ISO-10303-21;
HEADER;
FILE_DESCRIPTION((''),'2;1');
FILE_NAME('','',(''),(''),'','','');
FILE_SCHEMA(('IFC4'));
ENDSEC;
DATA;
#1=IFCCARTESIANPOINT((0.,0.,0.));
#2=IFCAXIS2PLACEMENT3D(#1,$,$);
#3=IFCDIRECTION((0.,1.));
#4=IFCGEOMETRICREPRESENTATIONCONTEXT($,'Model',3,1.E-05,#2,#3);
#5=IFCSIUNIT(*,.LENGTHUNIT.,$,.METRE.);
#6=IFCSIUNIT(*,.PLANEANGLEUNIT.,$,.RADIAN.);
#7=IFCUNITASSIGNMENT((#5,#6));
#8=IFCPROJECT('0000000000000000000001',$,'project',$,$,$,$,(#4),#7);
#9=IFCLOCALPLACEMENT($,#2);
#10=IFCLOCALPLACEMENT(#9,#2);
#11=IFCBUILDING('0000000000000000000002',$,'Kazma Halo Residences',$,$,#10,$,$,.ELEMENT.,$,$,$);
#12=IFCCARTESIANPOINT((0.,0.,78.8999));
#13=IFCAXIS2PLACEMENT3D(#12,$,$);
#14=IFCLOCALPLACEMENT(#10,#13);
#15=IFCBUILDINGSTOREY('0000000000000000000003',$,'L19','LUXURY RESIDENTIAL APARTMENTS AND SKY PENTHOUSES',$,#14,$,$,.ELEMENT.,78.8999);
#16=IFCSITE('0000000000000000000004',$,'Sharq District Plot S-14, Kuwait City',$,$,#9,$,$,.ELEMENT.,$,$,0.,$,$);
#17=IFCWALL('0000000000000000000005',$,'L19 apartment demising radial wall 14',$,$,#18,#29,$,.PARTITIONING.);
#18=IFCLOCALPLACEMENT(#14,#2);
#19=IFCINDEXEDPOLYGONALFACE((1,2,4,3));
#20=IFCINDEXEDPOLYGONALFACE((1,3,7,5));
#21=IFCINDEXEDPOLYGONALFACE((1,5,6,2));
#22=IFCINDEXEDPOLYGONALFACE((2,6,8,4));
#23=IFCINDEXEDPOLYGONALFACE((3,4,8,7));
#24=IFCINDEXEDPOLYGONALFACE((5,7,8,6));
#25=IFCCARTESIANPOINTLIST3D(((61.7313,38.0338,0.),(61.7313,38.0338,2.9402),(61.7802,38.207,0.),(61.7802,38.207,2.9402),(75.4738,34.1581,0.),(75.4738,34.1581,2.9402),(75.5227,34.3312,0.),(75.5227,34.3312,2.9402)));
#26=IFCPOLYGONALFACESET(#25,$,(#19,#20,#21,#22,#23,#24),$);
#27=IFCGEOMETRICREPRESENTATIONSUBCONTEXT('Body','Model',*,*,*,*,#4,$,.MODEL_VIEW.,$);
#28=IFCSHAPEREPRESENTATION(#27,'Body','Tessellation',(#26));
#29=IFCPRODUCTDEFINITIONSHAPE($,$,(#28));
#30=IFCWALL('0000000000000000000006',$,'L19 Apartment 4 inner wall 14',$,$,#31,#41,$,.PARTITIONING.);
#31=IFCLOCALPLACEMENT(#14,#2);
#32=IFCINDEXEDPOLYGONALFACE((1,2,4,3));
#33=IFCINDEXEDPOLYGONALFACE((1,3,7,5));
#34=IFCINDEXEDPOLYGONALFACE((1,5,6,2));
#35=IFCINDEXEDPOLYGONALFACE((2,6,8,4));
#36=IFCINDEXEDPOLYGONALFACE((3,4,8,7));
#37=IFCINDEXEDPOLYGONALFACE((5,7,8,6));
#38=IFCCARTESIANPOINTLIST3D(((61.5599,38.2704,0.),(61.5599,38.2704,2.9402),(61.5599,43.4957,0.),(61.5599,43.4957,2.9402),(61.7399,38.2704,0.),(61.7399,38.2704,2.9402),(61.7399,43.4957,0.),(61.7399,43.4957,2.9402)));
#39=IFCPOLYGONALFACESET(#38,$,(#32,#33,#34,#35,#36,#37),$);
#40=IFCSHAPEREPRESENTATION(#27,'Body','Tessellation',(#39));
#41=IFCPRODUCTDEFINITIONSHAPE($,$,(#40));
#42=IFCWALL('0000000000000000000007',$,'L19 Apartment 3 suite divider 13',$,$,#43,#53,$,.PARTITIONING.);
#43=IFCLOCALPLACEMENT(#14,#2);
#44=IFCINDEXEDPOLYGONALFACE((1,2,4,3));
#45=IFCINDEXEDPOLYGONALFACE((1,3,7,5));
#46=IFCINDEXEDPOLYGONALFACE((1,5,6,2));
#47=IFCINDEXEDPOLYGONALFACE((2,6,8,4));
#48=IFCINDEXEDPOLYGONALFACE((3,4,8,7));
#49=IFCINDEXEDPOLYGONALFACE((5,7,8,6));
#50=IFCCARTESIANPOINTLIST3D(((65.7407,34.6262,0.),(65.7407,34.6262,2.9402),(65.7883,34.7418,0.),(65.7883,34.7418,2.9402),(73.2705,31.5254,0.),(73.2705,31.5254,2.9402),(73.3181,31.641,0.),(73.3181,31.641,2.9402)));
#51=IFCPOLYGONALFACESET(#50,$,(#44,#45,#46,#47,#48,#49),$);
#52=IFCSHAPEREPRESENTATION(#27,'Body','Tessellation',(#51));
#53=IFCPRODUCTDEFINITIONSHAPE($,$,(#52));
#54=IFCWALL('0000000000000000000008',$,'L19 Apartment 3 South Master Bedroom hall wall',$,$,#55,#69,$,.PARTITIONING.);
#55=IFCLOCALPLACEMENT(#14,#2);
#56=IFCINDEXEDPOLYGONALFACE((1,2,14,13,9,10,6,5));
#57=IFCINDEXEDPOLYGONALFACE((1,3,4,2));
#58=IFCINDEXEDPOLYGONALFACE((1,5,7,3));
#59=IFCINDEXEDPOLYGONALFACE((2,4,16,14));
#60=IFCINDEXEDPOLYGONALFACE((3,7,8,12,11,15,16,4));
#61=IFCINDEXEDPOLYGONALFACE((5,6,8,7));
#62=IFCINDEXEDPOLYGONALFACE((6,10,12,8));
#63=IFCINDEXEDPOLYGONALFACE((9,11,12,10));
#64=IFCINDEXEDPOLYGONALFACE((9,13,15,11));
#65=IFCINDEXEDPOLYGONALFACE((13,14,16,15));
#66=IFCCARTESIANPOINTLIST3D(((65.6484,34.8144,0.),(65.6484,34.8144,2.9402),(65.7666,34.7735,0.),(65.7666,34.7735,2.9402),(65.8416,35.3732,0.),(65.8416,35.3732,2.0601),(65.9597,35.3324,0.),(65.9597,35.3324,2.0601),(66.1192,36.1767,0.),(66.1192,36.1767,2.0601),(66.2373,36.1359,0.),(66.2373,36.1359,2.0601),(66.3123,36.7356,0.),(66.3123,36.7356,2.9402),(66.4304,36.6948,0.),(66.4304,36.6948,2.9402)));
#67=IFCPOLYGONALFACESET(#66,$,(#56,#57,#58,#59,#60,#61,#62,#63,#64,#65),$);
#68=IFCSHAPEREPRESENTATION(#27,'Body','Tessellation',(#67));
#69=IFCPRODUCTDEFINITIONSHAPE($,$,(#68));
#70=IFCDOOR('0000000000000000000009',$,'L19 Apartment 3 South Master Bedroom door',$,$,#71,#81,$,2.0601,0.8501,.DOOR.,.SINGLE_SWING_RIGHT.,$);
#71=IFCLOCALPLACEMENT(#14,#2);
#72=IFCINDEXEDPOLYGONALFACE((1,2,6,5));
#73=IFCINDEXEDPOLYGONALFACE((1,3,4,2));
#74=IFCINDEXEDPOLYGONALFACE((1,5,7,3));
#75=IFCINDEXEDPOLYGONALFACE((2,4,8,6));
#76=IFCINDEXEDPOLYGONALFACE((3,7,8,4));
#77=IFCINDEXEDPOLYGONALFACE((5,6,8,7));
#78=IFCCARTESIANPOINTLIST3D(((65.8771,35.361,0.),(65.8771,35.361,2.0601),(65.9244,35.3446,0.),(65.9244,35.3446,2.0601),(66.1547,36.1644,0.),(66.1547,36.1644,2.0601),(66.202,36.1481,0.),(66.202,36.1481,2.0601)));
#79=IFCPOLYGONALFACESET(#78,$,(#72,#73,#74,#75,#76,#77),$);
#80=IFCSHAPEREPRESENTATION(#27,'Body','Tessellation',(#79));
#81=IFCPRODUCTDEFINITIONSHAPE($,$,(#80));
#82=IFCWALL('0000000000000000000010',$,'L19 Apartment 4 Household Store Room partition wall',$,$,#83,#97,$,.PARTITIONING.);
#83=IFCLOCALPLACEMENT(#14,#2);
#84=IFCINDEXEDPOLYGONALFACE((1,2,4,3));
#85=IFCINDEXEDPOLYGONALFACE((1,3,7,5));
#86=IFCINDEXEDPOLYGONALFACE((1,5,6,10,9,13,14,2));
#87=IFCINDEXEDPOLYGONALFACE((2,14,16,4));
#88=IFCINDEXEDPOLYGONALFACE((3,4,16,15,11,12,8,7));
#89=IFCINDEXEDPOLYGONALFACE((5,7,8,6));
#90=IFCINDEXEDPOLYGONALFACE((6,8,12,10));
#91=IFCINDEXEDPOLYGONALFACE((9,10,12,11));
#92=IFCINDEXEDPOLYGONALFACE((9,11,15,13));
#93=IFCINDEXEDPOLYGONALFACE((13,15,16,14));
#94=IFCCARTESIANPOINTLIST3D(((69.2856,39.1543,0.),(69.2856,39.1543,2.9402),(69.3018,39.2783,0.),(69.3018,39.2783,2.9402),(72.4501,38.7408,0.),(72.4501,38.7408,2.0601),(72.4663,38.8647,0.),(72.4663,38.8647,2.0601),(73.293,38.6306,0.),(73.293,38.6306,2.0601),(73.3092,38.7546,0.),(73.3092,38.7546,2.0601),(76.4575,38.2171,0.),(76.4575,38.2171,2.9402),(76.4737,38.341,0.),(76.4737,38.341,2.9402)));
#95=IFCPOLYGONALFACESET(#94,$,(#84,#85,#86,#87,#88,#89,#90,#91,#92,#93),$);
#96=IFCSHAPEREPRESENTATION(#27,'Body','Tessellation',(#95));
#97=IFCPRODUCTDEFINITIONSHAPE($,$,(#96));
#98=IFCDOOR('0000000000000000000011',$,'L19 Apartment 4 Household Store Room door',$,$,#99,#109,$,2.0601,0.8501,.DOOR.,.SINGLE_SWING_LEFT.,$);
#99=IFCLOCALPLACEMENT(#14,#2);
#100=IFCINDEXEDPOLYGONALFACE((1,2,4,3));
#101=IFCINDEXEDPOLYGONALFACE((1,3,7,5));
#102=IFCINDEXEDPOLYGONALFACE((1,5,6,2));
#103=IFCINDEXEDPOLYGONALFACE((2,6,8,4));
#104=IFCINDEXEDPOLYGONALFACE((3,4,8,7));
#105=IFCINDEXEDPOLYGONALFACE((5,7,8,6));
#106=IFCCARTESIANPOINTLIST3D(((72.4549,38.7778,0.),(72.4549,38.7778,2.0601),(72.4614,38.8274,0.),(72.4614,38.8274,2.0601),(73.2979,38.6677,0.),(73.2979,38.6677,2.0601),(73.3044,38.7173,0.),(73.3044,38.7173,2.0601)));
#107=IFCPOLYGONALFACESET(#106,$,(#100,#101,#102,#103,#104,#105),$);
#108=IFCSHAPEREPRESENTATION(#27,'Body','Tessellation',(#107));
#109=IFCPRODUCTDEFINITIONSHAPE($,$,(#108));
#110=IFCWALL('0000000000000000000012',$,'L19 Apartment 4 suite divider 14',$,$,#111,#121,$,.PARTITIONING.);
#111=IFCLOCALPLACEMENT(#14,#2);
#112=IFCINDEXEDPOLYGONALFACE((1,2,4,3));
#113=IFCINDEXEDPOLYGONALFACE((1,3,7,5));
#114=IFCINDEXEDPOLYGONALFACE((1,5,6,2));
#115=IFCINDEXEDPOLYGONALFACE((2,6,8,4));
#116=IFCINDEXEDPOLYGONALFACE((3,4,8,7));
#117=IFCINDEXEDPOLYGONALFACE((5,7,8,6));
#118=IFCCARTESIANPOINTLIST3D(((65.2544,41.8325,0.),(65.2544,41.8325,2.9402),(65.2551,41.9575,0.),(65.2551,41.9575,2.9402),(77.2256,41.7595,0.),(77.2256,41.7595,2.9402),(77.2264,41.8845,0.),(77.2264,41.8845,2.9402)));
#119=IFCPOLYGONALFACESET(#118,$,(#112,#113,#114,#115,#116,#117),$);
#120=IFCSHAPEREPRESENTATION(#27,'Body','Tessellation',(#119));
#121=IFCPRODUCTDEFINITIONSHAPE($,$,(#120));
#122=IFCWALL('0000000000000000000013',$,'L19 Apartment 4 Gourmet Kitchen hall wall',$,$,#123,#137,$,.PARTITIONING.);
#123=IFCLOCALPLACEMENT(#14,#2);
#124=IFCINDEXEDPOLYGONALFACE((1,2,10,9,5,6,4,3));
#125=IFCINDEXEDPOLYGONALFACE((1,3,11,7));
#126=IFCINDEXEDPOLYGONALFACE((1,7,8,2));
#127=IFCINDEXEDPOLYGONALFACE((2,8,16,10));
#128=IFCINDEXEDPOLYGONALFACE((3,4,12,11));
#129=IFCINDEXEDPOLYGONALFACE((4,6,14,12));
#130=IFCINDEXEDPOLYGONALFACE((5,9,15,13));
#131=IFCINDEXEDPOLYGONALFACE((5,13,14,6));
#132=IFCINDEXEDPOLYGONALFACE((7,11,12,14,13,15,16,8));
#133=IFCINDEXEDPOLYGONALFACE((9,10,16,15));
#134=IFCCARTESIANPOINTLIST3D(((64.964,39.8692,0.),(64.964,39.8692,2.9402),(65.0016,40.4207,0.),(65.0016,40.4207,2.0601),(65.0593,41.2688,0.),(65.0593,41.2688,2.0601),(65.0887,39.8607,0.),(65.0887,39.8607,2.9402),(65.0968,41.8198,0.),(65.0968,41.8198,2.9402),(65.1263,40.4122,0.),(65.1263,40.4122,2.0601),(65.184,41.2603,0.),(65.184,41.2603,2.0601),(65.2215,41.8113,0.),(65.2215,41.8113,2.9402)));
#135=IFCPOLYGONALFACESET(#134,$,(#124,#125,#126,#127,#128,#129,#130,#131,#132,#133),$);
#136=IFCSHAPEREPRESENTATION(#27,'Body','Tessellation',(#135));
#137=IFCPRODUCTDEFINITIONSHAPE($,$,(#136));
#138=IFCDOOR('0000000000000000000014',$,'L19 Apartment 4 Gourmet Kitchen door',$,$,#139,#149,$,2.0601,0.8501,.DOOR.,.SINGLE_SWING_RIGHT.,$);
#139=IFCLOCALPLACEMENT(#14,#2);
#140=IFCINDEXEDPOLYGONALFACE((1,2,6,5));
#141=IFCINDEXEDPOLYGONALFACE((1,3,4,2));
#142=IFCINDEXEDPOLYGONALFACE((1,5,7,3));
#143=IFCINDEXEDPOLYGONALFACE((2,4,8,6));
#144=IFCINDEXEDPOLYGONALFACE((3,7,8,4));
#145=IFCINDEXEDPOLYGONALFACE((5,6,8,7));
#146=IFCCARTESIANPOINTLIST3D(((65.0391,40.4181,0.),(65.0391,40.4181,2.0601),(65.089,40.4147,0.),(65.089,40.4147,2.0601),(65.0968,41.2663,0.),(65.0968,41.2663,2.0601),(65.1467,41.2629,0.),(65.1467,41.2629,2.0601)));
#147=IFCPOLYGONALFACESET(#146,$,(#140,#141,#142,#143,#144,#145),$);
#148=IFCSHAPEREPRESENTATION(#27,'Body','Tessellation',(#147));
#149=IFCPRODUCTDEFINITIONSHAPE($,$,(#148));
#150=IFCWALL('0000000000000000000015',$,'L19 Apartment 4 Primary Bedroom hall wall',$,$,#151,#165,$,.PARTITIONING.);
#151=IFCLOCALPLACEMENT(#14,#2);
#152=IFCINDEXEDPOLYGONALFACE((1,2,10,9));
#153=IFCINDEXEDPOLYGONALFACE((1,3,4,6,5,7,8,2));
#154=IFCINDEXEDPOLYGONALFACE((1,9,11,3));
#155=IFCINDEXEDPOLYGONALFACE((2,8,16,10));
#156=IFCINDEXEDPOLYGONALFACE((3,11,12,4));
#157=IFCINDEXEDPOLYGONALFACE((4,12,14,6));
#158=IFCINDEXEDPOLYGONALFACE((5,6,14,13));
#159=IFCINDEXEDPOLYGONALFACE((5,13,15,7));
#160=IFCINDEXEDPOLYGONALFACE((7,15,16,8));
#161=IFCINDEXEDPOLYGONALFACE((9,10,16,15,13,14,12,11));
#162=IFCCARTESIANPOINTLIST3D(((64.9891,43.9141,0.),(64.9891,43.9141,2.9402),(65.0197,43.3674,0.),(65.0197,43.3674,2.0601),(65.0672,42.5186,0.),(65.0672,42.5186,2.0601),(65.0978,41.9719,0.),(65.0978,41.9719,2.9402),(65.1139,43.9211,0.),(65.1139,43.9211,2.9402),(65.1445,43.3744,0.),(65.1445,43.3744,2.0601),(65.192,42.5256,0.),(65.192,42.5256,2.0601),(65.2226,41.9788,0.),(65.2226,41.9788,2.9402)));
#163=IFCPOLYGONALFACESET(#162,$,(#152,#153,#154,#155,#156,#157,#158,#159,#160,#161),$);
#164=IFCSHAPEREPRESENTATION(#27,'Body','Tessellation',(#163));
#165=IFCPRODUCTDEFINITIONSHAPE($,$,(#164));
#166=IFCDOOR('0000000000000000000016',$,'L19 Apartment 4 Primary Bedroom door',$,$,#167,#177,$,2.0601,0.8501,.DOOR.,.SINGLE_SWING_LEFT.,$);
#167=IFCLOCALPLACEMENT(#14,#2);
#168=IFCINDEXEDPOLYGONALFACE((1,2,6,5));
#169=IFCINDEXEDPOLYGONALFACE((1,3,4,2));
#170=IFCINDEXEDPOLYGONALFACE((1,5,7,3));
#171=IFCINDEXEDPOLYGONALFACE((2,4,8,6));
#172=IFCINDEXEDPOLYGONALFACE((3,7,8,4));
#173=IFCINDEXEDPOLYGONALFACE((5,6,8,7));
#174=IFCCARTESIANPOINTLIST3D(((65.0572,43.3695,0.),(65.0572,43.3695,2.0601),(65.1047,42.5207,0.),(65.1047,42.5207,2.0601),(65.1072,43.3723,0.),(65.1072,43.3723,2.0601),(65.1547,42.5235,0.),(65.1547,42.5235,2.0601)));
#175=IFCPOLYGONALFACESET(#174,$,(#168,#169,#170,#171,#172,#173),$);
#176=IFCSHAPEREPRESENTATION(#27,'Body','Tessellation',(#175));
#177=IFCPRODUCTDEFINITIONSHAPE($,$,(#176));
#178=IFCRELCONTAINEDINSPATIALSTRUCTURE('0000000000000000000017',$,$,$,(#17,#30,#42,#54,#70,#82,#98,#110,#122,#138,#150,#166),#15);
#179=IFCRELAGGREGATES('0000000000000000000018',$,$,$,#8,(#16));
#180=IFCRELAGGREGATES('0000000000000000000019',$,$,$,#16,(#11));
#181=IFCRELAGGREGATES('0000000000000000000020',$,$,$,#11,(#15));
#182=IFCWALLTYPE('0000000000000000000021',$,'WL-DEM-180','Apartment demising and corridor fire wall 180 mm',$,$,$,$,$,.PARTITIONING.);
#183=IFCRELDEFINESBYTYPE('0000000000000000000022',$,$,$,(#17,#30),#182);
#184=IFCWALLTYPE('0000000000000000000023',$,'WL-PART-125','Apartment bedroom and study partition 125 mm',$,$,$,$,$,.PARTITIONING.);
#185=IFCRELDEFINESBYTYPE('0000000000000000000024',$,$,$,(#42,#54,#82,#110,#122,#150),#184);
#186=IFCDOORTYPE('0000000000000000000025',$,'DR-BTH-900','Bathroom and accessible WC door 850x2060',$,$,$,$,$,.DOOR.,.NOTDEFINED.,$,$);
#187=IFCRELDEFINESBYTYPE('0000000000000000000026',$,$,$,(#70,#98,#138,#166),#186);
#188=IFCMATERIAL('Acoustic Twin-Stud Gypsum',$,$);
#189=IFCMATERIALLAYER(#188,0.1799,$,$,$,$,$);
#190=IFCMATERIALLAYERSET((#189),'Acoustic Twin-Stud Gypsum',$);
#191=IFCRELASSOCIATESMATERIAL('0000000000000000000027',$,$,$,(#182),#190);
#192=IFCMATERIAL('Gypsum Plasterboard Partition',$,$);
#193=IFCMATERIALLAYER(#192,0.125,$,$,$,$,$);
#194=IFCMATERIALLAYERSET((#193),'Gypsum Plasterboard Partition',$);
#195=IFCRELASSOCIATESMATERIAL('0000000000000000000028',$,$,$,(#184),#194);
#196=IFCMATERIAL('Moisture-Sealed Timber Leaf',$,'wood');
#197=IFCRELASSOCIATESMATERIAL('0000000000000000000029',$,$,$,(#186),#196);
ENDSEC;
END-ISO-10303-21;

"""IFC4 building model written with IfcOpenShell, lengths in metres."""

from ifc_helpers import new_model, si_unit, direction, frame, frame_2d, origin, place, context, subcontext, project, spatial, rectangle, extrude, material, layer, layer_set, type_object, element, fill, save


model = new_model("IFC4")

# Units and contexts
model_context = context("Model", 3, precision=1e-05, world=origin(), true_north=direction((0.0, 1.0)))
body_context = subcontext(model_context, "Body", "Model", "MODEL_VIEW")
ifc_project = project(units=[si_unit("LENGTHUNIT", "METRE"), si_unit("PLANEANGLEUNIT", "RADIAN")], contexts=[model_context])

# Site, building, storey
site_placement = place(None, origin())
site = spatial("IfcSite", under=ifc_project, at=site_placement, Name="Sharq District Plot S-14, Kuwait City", CompositionType="ELEMENT", RefElevation=0.0)
building_placement = place(site_placement, origin())
building = spatial("IfcBuilding", under=site, at=building_placement, Name="Kazma Halo Residences", CompositionType="ELEMENT")
storey_placement = place(building_placement, frame((0.0, 0.0, 78.8999)))
storey = spatial("IfcBuildingStorey", under=building, at=storey_placement, Name="L19", Description="LUXURY RESIDENTIAL APARTMENTS AND SKY PENTHOUSES", CompositionType="ELEMENT", Elevation=78.8999)

# Walls
ifc_material_1 = material(Name="Acoustic Twin-Stud Gypsum")
ifc_layer_1 = layer(ifc_material_1, 0.1799)
ifc_layer_set_1 = layer_set([ifc_layer_1], Name="Acoustic Twin-Stud Gypsum")
wall_type_1 = type_object("IfcWallType", Name="WL-DEM-180", Description="Apartment demising and corridor fire wall 180 mm", PredefinedType="PARTITIONING", material=ifc_layer_set_1)
wall_1_placement = place(storey_placement, frame((61.7559, 38.1204, 0.0), z_axis=(0.0, 0.0, 1.0), x_axis=(0.962456, -0.271438, 0.0)))
element("IfcWall", 1, at=wall_1_placement, inside=storey, type_object=wall_type_1, Name="L19 apartment demising radial wall 14", PredefinedType="PARTITIONING", context=body_context, shape_type="SweptSolid", body=[
    extrude(rectangle(XDim=14.2786, YDim=0.1799, at=frame_2d((7.1392, 0.0))), origin(), (0.0, 0.0, 1.0), 2.9402),
])
wall_2_placement = place(storey_placement, frame((61.6499, 38.2703, 0.0), z_axis=(0.0, 0.0, 1.0), x_axis=(0.0, 1.0, 0.0)))
element("IfcWall", 2, at=wall_2_placement, inside=storey, type_object=wall_type_1, Name="L19 Apartment 4 inner wall 14", PredefinedType="PARTITIONING", context=body_context, shape_type="SweptSolid", body=[
    extrude(rectangle(XDim=5.2253, YDim=0.1799, at=frame_2d((2.6128, 0.0))), origin(), (0.0, 0.0, 1.0), 2.9402),
])
ifc_material_2 = material(Name="Gypsum Plasterboard Partition")
ifc_layer_2 = layer(ifc_material_2, 0.125)
ifc_layer_set_2 = layer_set([ifc_layer_2], Name="Gypsum Plasterboard Partition")
wall_type_2 = type_object("IfcWallType", Name="WL-PART-125", Description="Apartment bedroom and study partition 125 mm", PredefinedType="PARTITIONING", material=ifc_layer_set_2)
wall_3_placement = place(storey_placement, frame((65.7644, 34.6841, 0.0), z_axis=(0.0, 0.0, 1.0), x_axis=(0.924664, -0.380784, 0.0)))
element("IfcWall", 3, at=wall_3_placement, inside=storey, type_object=wall_type_2, Name="L19 Apartment 3 suite divider 13", PredefinedType="PARTITIONING", context=body_context, shape_type="SweptSolid", body=[
    extrude(rectangle(XDim=8.1433, YDim=0.125, at=frame_2d((4.0718, 0.0))), origin(), (0.0, 0.0, 1.0), 2.9402),
])

# Walls, openings, doors
wall_4_placement = place(storey_placement, frame((65.7075, 34.7939, 0.0), z_axis=(0.0, 0.0, 1.0), x_axis=(0.326587, 0.945167, 0.0)))
wall_4 = element("IfcWall", 4, at=wall_4_placement, inside=storey, type_object=wall_type_2, Name="L19 Apartment 3 South Master Bedroom hall wall", PredefinedType="PARTITIONING", context=body_context, shape_type="SweptSolid", body=[
    extrude(rectangle(XDim=2.0327, YDim=0.125, at=frame_2d((1.0164, 0.0))), origin(), (0.0, 0.0, 1.0), 2.9402),
])
opening_1_placement = place(wall_4_placement, frame((0.5913, 0.0, 0.0)))
opening_1 = element("IfcOpeningElement", 5, at=opening_1_placement, cuts=wall_4, PredefinedType="OPENING", context=body_context, shape_type="SweptSolid", body=[
    extrude(rectangle(XDim=0.8501, YDim=2.0601, at=frame_2d((0.425, 1.03))), frame((0.0, 0.0725, 0.0), z_axis=(0.0, -1.0, 0.0), x_axis=(1.0, 0.0, 0.0)), (0.0, 0.0, 1.0), 0.145),
])
ifc_material_3 = material(Name="Moisture-Sealed Timber Leaf", Category="wood")
door_type = type_object("IfcDoorType", Name="DR-BTH-900", Description="Bathroom and accessible WC door 850x2060", OperationType="NOTDEFINED", PredefinedType="DOOR", material=ifc_material_3)
door_1_placement = place(opening_1_placement, origin())
door_1 = element("IfcDoor", 6, at=door_1_placement, inside=storey, type_object=door_type, Name="L19 Apartment 3 South Master Bedroom door", OperationType="SINGLE_SWING_RIGHT", OverallHeight=2.0601, OverallWidth=0.8501, PredefinedType="DOOR", context=body_context, shape_type="SweptSolid", body=[
    extrude(rectangle(XDim=0.8501, YDim=2.0601, at=frame_2d((0.425, 1.03))), frame((0.0, 0.0249, 0.0), z_axis=(0.0, -1.0, 0.0), x_axis=(1.0, 0.0, 0.0)), (0.0, 0.0, 1.0), 0.05),
])
fill(opening_1, door_1)
wall_5_placement = place(storey_placement, frame((69.2937, 39.2163, 0.0), z_axis=(0.0, 0.0, 1.0), x_axis=(0.991569, -0.129583, 0.0)))
wall_5 = element("IfcWall", 7, at=wall_5_placement, inside=storey, type_object=wall_type_2, Name="L19 Apartment 4 Household Store Room partition wall", PredefinedType="PARTITIONING", context=body_context, shape_type="SweptSolid", body=[
    extrude(rectangle(XDim=7.2329, YDim=0.125, at=frame_2d((3.6165, 0.0))), origin(), (0.0, 0.0, 1.0), 2.9402),
])
opening_2_placement = place(wall_5_placement, frame((3.1914, 0.0, 0.0)))
opening_2 = element("IfcOpeningElement", 8, at=opening_2_placement, cuts=wall_5, PredefinedType="OPENING", context=body_context, shape_type="SweptSolid", body=[
    extrude(rectangle(XDim=0.8501, YDim=2.0601, at=frame_2d((0.425, 1.03))), frame((0.0, 0.0725, 0.0), z_axis=(0.0, -1.0, 0.0), x_axis=(1.0, 0.0, 0.0)), (0.0, 0.0, 1.0), 0.145),
])
door_2_placement = place(opening_2_placement, origin())
door_2 = element("IfcDoor", 9, at=door_2_placement, inside=storey, type_object=door_type, Name="L19 Apartment 4 Household Store Room door", OperationType="SINGLE_SWING_LEFT", OverallHeight=2.0601, OverallWidth=0.8501, PredefinedType="DOOR", context=body_context, shape_type="SweptSolid", body=[
    extrude(rectangle(XDim=0.8501, YDim=2.0601, at=frame_2d((0.425, 1.03))), frame((0.0, 0.0249, 0.0), z_axis=(0.0, -1.0, 0.0), x_axis=(1.0, 0.0, 0.0)), (0.0, 0.0, 1.0), 0.05),
])
fill(opening_2, door_2)

# Wall
wall_6_placement = place(storey_placement, frame((65.2546, 41.895, 0.0), z_axis=(0.0, 0.0, 1.0), x_axis=(0.999981, -0.006098, 0.0)))
element("IfcWall", 10, at=wall_6_placement, inside=storey, type_object=wall_type_2, Name="L19 Apartment 4 suite divider 14", PredefinedType="PARTITIONING", context=body_context, shape_type="SweptSolid", body=[
    extrude(rectangle(XDim=11.9714, YDim=0.125, at=frame_2d((5.9858, 0.0))), origin(), (0.0, 0.0, 1.0), 2.9402),
])

# Walls, openings, doors
wall_7_placement = place(storey_placement, frame((65.0264, 39.865, 0.0), z_axis=(0.0, 0.0, 1.0), x_axis=(0.067928, 0.99769, 0.0)))
wall_7 = element("IfcWall", 11, at=wall_7_placement, inside=storey, type_object=wall_type_2, Name="L19 Apartment 4 Gourmet Kitchen hall wall", PredefinedType="PARTITIONING", context=body_context, shape_type="SweptSolid", body=[
    extrude(rectangle(XDim=1.9551, YDim=0.125, at=frame_2d((0.9775, 0.0))), origin(), (0.0, 0.0, 1.0), 2.9402),
])
opening_3_placement = place(wall_7_placement, frame((0.5527, 0.0, 0.0)))
opening_3 = element("IfcOpeningElement", 12, at=opening_3_placement, cuts=wall_7, PredefinedType="OPENING", context=body_context, shape_type="SweptSolid", body=[
    extrude(rectangle(XDim=0.8501, YDim=2.0601, at=frame_2d((0.425, 1.03))), frame((0.0, 0.0725, 0.0), z_axis=(0.0, -1.0, 0.0), x_axis=(1.0, 0.0, 0.0)), (0.0, 0.0, 1.0), 0.145),
])
door_3_placement = place(opening_3_placement, origin())
door_3 = element("IfcDoor", 13, at=door_3_placement, inside=storey, type_object=door_type, Name="L19 Apartment 4 Gourmet Kitchen door", OperationType="SINGLE_SWING_RIGHT", OverallHeight=2.0601, OverallWidth=0.8501, PredefinedType="DOOR", context=body_context, shape_type="SweptSolid", body=[
    extrude(rectangle(XDim=0.8501, YDim=2.0601, at=frame_2d((0.425, 1.03))), frame((0.0, 0.0249, 0.0), z_axis=(0.0, -1.0, 0.0), x_axis=(1.0, 0.0, 0.0)), (0.0, 0.0, 1.0), 0.05),
])
fill(opening_3, door_3)
wall_8_placement = place(storey_placement, frame((65.1602, 41.9753, 0.0), z_axis=(0.0, 0.0, 1.0), x_axis=(-0.055845, 0.998439, 0.0)))
wall_8 = element("IfcWall", 14, at=wall_8_placement, inside=storey, type_object=wall_type_2, Name="L19 Apartment 4 Primary Bedroom hall wall", PredefinedType="PARTITIONING", context=body_context, shape_type="SweptSolid", body=[
    extrude(rectangle(XDim=1.9453, YDim=0.125, at=frame_2d((0.9727, 0.0))), origin(), (0.0, 0.0, 1.0), 2.9402),
])
opening_4_placement = place(wall_8_placement, frame((0.5476, 0.0, 0.0)))
opening_4 = element("IfcOpeningElement", 15, at=opening_4_placement, cuts=wall_8, PredefinedType="OPENING", context=body_context, shape_type="SweptSolid", body=[
    extrude(rectangle(XDim=0.8501, YDim=2.0601, at=frame_2d((0.425, 1.03))), frame((0.0, 0.0725, 0.0), z_axis=(0.0, -1.0, 0.0), x_axis=(1.0, 0.0, 0.0)), (0.0, 0.0, 1.0), 0.145),
])
door_4_placement = place(opening_4_placement, origin())
door_4 = element("IfcDoor", 16, at=door_4_placement, inside=storey, type_object=door_type, Name="L19 Apartment 4 Primary Bedroom door", OperationType="SINGLE_SWING_LEFT", OverallHeight=2.0601, OverallWidth=0.8501, PredefinedType="DOOR", context=body_context, shape_type="SweptSolid", body=[
    extrude(rectangle(XDim=0.8501, YDim=2.0601, at=frame_2d((0.425, 1.03))), frame((0.0, 0.0249, 0.0), z_axis=(0.0, -1.0, 0.0), x_axis=(1.0, 0.0, 0.0)), (0.0, 0.0, 1.0), 0.05),
])
fill(opening_4, door_4)

save(model, "model.ifc")
